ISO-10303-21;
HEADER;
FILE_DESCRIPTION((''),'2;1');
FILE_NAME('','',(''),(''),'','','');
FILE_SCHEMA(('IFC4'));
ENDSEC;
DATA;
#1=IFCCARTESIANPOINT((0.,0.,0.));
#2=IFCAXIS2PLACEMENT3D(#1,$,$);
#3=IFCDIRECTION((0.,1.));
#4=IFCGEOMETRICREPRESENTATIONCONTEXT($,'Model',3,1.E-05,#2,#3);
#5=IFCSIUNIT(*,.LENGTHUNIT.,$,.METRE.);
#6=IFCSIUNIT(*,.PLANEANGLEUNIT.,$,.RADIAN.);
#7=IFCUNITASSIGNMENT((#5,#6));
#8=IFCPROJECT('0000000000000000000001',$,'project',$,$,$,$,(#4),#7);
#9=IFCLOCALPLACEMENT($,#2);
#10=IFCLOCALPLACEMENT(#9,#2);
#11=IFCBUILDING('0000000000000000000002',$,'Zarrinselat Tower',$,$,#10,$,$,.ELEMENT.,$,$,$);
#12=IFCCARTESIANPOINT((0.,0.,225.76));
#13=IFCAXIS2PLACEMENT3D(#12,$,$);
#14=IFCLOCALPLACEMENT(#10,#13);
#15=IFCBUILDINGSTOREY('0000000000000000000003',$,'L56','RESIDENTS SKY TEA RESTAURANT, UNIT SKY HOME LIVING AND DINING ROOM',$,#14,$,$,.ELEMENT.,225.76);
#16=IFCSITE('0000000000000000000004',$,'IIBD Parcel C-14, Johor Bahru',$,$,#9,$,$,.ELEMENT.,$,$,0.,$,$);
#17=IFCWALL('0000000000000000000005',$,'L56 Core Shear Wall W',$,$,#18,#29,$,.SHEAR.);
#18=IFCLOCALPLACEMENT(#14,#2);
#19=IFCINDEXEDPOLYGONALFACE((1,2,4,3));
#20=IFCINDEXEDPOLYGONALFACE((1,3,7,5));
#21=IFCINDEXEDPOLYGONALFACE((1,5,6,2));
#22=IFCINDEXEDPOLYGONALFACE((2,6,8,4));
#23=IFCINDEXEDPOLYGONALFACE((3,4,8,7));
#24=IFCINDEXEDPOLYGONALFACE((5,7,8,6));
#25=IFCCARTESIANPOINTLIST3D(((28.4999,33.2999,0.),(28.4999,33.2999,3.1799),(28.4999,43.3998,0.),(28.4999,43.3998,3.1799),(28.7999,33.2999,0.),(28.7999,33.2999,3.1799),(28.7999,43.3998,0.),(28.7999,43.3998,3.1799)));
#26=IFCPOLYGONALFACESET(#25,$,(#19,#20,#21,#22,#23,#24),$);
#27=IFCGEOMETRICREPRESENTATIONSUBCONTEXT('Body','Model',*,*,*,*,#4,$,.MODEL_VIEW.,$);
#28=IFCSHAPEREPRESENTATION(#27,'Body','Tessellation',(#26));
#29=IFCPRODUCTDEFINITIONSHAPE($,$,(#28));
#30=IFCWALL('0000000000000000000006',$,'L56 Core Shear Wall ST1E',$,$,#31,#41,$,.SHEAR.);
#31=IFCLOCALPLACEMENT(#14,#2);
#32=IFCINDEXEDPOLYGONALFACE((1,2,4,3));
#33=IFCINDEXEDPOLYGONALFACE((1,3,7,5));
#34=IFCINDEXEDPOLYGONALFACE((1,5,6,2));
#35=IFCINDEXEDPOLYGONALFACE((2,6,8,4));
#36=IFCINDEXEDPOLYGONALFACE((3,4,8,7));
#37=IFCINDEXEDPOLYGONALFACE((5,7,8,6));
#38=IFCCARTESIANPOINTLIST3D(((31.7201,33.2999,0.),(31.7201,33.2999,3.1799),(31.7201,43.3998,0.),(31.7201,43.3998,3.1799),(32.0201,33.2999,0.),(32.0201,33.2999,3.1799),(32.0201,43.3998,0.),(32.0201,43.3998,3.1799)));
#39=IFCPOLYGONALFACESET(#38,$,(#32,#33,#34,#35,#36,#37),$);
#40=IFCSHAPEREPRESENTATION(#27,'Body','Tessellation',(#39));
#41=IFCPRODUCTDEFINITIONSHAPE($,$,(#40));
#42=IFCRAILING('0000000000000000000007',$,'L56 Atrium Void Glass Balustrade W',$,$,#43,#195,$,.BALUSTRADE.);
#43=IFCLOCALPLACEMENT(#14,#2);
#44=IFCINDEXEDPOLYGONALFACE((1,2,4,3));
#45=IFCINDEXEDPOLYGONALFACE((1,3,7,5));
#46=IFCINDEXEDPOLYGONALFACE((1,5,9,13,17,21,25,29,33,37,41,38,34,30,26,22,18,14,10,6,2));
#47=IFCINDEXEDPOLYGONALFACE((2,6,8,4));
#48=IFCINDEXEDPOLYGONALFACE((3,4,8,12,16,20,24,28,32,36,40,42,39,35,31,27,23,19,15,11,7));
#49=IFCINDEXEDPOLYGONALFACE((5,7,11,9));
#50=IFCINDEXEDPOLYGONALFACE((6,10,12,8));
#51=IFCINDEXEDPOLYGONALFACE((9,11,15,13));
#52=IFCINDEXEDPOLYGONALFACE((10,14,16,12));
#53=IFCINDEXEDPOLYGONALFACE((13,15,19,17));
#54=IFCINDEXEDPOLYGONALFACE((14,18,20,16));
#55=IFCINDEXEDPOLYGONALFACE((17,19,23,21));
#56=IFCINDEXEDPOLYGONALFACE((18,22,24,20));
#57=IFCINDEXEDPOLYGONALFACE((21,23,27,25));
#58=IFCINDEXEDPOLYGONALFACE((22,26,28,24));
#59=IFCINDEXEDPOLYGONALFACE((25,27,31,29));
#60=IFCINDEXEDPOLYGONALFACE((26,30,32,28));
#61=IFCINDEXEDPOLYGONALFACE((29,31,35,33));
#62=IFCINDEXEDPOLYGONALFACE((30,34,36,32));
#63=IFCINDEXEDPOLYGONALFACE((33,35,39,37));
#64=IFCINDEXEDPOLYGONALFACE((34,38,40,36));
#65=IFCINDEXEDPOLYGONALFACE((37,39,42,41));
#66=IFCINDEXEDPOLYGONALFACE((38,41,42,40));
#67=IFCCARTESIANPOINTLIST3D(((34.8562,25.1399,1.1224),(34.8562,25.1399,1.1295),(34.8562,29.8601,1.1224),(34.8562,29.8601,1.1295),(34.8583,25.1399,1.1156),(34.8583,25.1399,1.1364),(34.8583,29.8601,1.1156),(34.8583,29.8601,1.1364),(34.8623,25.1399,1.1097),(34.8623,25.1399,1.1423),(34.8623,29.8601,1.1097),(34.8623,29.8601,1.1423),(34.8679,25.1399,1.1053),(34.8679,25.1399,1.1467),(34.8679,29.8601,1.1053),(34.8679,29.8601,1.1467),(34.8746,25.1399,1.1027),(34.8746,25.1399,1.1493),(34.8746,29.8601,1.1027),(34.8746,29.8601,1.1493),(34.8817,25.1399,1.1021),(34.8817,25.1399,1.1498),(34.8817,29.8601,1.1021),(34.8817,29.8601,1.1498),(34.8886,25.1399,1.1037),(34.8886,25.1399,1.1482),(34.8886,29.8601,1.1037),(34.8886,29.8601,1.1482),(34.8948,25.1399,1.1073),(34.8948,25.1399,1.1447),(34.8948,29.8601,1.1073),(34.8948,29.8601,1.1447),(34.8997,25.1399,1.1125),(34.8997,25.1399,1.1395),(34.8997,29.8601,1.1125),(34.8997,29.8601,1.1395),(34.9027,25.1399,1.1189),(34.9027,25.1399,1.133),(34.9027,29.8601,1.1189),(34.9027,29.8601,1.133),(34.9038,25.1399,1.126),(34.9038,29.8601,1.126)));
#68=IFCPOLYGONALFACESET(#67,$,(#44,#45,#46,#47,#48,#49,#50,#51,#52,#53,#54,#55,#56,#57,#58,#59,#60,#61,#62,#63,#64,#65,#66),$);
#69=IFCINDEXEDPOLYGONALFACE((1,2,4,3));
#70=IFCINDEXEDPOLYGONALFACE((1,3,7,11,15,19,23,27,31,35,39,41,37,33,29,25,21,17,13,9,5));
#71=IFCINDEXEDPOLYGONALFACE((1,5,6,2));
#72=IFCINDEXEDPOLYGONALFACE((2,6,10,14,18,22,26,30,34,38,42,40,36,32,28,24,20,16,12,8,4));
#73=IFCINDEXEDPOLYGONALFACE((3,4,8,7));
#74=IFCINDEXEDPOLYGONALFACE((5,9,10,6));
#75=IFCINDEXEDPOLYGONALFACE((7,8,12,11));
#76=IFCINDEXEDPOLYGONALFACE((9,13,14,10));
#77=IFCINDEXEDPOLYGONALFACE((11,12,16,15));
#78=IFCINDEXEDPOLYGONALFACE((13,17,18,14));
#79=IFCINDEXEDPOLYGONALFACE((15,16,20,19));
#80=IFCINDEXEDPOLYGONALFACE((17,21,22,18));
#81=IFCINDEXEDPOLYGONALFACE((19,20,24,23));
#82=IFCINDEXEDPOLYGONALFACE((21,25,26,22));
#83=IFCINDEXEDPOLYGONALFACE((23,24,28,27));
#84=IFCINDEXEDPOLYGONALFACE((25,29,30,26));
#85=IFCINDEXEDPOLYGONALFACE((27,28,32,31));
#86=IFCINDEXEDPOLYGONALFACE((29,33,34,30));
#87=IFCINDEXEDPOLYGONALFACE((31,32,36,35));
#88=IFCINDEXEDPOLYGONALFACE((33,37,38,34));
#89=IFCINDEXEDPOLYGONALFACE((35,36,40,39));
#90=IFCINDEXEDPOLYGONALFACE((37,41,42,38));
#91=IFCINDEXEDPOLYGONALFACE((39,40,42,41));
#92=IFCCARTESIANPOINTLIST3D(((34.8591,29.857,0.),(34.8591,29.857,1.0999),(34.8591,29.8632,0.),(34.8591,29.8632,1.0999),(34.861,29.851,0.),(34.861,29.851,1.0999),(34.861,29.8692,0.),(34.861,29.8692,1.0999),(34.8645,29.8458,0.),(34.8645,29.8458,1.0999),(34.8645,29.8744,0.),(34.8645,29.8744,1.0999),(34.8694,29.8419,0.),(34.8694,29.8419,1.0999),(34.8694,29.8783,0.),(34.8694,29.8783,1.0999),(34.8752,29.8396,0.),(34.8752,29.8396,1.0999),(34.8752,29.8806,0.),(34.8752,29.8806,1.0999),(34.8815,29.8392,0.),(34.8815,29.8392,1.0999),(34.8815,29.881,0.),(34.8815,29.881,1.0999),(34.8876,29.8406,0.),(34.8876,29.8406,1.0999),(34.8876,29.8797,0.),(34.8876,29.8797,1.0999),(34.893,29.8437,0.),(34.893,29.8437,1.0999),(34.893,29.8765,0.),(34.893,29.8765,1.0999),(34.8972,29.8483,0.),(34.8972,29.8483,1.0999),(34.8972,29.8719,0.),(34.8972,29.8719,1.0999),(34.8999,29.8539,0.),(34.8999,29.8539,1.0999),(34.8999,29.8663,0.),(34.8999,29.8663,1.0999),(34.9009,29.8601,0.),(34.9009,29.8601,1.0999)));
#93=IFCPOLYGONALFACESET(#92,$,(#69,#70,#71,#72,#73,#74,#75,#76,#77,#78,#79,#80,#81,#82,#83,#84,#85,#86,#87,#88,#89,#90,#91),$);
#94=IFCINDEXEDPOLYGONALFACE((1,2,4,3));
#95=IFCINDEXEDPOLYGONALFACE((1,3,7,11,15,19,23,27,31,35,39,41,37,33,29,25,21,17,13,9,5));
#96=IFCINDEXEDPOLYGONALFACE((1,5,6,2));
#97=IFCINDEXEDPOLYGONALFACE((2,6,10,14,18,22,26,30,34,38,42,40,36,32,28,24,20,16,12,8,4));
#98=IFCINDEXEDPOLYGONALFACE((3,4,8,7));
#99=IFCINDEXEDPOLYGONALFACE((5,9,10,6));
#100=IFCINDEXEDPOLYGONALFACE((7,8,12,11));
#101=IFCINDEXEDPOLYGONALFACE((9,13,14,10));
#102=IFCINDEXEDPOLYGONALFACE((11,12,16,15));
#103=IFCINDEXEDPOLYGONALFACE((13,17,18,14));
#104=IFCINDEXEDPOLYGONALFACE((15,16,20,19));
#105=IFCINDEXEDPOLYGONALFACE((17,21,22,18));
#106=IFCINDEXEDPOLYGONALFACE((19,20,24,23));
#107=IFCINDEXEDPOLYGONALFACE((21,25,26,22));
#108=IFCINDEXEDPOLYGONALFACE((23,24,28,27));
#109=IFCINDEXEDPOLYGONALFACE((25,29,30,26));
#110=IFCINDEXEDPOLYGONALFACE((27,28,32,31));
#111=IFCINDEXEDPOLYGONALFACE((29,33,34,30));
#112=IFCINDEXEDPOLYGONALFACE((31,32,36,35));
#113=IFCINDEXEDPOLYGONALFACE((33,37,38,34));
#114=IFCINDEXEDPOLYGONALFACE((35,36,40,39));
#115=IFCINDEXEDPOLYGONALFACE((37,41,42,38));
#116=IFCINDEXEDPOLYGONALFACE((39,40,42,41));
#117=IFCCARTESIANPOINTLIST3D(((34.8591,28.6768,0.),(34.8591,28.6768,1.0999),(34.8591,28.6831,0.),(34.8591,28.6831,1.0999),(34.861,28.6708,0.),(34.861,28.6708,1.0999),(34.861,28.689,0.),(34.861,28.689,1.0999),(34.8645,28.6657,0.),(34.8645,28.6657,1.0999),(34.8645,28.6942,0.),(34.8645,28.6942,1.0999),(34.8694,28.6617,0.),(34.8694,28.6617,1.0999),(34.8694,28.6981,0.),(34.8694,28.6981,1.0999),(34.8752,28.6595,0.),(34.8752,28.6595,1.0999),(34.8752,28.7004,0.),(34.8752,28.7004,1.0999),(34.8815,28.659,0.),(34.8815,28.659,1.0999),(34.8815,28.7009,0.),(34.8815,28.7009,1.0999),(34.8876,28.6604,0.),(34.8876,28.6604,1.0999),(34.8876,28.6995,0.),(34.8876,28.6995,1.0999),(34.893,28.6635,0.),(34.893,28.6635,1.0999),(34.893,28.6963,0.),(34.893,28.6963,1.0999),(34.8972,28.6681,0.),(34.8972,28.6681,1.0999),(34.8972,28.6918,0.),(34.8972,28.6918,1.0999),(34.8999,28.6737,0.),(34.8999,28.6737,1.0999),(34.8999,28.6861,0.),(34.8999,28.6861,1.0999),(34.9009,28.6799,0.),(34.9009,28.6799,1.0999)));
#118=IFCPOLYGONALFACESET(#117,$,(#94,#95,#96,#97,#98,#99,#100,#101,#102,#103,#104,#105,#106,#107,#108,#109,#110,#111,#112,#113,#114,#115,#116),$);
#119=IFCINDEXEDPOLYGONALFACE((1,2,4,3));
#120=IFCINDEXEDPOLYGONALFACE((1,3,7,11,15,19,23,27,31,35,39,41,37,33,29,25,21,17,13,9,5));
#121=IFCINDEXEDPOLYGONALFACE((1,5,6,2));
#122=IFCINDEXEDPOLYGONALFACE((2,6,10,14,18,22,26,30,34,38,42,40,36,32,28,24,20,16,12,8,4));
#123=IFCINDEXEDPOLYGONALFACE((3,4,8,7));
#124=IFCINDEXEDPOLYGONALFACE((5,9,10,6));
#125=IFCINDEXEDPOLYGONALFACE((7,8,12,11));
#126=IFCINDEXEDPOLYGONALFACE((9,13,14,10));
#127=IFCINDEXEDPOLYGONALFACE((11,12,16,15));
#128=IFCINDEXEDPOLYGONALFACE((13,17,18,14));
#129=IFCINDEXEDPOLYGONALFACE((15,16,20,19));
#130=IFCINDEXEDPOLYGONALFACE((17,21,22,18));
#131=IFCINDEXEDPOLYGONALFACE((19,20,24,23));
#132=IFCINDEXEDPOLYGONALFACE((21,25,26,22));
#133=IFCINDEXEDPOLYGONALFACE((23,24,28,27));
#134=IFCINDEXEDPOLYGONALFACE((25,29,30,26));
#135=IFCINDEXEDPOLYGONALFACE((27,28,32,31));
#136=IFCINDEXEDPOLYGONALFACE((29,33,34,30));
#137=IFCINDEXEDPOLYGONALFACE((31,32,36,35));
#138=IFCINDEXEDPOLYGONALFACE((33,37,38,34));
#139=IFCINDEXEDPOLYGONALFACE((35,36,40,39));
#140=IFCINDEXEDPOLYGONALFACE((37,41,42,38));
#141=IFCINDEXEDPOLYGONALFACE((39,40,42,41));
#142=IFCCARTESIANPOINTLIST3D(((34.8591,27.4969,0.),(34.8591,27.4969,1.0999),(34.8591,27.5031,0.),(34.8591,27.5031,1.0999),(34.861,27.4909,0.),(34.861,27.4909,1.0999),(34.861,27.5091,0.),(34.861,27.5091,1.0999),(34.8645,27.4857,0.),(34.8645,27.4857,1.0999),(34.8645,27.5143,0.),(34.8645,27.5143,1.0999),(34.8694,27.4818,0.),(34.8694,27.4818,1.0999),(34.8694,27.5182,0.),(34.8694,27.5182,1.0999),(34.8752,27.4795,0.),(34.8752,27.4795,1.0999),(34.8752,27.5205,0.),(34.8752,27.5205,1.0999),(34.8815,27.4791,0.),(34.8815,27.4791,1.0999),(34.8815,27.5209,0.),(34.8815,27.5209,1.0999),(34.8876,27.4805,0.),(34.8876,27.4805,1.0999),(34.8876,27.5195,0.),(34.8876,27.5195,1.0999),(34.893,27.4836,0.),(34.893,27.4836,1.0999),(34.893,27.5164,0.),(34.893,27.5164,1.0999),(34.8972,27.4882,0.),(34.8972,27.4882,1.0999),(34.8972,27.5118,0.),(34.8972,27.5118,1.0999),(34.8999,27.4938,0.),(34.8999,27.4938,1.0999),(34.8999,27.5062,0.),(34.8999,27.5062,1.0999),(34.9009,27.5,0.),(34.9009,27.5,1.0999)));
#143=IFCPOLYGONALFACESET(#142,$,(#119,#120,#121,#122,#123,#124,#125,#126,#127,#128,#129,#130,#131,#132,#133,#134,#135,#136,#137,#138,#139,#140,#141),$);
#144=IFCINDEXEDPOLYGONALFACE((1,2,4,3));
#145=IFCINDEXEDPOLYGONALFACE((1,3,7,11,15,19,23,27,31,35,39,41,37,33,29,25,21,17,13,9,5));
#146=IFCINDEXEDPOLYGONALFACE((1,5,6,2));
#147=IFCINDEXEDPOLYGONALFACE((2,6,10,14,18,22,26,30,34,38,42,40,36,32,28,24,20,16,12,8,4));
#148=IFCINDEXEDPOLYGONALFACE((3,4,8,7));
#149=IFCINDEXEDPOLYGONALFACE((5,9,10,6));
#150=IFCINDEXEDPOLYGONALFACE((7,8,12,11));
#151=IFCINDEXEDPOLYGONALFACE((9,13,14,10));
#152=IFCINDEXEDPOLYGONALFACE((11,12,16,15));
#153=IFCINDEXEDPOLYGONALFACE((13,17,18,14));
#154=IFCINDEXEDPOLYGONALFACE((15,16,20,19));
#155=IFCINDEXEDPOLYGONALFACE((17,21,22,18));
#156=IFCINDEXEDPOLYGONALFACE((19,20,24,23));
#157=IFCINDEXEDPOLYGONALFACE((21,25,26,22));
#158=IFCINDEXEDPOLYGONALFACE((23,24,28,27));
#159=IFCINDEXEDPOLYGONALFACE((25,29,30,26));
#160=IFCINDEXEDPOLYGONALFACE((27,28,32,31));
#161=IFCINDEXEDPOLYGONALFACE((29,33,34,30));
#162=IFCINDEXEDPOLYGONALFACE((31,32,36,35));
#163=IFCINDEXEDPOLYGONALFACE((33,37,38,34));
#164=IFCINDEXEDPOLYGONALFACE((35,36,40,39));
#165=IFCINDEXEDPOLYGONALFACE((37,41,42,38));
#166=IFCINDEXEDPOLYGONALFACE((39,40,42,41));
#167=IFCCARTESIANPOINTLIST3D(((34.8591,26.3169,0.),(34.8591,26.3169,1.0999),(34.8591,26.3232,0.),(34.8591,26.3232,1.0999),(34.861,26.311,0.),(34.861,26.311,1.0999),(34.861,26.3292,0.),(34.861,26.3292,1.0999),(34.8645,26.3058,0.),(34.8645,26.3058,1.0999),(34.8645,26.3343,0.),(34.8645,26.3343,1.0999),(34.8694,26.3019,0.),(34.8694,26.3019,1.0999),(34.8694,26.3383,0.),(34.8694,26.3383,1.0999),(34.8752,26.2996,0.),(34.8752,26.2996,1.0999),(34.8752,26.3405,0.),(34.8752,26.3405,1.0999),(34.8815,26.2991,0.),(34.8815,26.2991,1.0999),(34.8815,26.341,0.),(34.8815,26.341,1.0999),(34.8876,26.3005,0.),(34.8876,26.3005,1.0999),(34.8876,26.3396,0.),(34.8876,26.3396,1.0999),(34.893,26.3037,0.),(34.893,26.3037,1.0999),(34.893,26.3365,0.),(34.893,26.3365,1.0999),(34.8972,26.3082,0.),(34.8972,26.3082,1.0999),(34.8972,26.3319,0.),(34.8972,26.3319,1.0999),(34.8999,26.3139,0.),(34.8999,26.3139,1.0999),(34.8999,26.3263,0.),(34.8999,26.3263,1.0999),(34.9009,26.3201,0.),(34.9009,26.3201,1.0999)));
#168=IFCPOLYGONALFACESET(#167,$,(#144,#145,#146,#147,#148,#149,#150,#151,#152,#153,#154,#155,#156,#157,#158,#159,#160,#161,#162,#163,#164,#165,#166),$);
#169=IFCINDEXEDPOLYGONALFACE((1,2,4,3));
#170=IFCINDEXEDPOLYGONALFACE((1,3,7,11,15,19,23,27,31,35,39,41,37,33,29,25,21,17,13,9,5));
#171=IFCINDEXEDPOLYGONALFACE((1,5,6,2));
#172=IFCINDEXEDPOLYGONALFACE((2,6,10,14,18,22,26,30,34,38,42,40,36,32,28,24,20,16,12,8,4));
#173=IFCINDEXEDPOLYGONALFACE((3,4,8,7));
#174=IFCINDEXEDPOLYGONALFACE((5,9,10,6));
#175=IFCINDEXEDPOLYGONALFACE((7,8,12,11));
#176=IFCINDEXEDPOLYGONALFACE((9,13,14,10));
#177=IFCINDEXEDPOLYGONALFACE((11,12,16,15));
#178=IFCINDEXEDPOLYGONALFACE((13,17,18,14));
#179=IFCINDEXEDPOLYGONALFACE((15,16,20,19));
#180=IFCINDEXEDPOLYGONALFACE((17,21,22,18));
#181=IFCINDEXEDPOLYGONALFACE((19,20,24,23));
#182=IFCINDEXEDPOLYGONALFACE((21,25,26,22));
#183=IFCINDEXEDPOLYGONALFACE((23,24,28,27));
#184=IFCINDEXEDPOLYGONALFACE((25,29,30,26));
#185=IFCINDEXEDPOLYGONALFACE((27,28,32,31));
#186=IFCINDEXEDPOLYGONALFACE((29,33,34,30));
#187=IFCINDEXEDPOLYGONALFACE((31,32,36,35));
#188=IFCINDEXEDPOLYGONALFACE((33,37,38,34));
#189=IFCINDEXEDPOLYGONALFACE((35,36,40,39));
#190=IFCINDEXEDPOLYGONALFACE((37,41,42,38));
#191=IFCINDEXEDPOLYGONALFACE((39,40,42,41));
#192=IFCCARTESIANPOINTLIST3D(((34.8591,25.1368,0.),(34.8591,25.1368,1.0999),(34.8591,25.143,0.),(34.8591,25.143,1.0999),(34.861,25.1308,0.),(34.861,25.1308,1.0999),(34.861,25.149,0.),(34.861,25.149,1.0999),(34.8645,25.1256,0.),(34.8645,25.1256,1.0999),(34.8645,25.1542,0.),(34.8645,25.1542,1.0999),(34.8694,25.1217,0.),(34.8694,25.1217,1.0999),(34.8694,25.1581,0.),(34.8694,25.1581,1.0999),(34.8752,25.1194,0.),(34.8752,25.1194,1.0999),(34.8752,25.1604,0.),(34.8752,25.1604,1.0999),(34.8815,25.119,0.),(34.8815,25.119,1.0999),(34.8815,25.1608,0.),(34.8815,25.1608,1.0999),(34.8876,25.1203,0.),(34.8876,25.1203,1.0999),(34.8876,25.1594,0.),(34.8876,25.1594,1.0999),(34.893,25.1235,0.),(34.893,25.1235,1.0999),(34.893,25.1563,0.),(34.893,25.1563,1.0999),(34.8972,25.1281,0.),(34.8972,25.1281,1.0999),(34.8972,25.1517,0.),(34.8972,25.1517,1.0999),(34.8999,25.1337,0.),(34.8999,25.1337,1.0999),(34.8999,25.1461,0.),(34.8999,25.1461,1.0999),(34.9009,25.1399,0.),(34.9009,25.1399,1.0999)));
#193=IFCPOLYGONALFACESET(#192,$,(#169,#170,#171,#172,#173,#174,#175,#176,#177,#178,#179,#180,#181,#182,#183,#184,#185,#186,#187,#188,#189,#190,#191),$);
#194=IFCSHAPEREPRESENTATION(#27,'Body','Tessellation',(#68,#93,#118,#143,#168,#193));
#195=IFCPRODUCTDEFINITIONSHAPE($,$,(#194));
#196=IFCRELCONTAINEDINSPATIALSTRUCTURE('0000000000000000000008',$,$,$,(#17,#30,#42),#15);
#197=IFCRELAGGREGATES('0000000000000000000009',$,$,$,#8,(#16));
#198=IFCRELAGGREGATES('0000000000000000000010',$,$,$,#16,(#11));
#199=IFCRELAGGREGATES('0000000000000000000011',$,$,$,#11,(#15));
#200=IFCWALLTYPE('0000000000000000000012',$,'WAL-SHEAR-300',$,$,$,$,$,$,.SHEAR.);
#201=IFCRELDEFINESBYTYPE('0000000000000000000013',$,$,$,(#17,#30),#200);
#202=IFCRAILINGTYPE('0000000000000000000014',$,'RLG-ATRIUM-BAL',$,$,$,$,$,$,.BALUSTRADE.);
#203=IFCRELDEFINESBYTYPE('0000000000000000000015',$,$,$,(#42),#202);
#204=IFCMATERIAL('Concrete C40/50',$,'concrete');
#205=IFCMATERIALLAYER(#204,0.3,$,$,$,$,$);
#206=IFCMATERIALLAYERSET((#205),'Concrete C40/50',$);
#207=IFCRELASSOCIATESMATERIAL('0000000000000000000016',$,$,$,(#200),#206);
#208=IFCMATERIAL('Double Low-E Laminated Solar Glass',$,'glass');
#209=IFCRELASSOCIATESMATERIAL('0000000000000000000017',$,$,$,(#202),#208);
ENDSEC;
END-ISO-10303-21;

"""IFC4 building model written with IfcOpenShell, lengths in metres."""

from ifc_helpers import new_model, si_unit, direction, frame, frame_2d, origin, origin_2d, place, context, subcontext, project, spatial, rectangle, circle, extrude, material, layer, layer_set, type_object, element, save


model = new_model("IFC4")

# Units and contexts
model_context = context("Model", 3, precision=1e-05, world=origin(), true_north=direction((0.0, 1.0)))
body_context = subcontext(model_context, "Body", "Model", "MODEL_VIEW")
ifc_project = project(units=[si_unit("LENGTHUNIT", "METRE"), si_unit("PLANEANGLEUNIT", "RADIAN")], contexts=[model_context])

# Site, building, storey
site_placement = place(None, origin())
site = spatial("IfcSite", under=ifc_project, at=site_placement, Name="IIBD Parcel C-14, Johor Bahru", CompositionType="ELEMENT", RefElevation=0.0)
building_placement = place(site_placement, origin())
building = spatial("IfcBuilding", under=site, at=building_placement, Name="Zarrinselat Tower", CompositionType="ELEMENT")
storey_placement = place(building_placement, frame((0.0, 0.0, 225.76)))
storey = spatial("IfcBuildingStorey", under=building, at=storey_placement, Name="L56", Description="RESIDENTS SKY TEA RESTAURANT, UNIT SKY HOME LIVING AND DINING ROOM", CompositionType="ELEMENT", Elevation=225.76)

# Walls
ifc_material_1 = material(Name="Concrete C40/50", Category="concrete")
ifc_layer_1 = layer(ifc_material_1, 0.3)
ifc_layer_set_1 = layer_set([ifc_layer_1], Name="Concrete C40/50")
wall_type_1 = type_object("IfcWallType", Name="WAL-SHEAR-300", PredefinedType="SHEAR", material=ifc_layer_set_1)
for number, where, z_axis, x_axis, name in (
    (1, (28.6499, 33.3, 0.0), (0.0, 0.0, 1.0), (0.0, 1.0, 0.0), "L56 Core Shear Wall W"),
    (2, (31.8701, 33.3, 0.0), (0.0, 0.0, 1.0), (0.0, 1.0, 0.0), "L56 Core Shear Wall ST1E"),
):
    element("IfcWall", number, at=place(storey_placement, frame(where, z_axis=z_axis, x_axis=x_axis)), inside=storey, type_object=wall_type_1, Name=name, PredefinedType="SHEAR", context=body_context, shape_type="SweptSolid", body=[
        extrude(rectangle(XDim=10.0999, YDim=0.3, at=frame_2d((5.0498, 0.0))), origin(), (0.0, 0.0, 1.0), 3.1799),
    ])

# Railing
ifc_material_2 = material(Name="Double Low-E Laminated Solar Glass", Category="glass")
railing_type_1 = type_object("IfcRailingType", Name="RLG-ATRIUM-BAL", PredefinedType="BALUSTRADE", material=ifc_material_2)
railing_1_placement = place(storey_placement, frame((34.8799, 29.8601, 0.0)))
element("IfcRailing", 3, at=railing_1_placement, inside=storey, type_object=railing_type_1, Name="L56 Atrium Void Glass Balustrade W", PredefinedType="BALUSTRADE", context=body_context, shape_type="SweptSolid", body=[
    extrude(circle(Radius=0.0239, at=origin_2d()), frame((0.0, 0.0, 1.126), z_axis=(0.0, -1.0, 0.0), x_axis=(1.0, 0.0, 0.0)), (0.0, 0.0, 1.0), 4.7202),
    extrude(circle(Radius=0.021, at=origin_2d()), origin(), (0.0, 0.0, 1.0), 1.0999),
    extrude(circle(Radius=0.021, at=origin_2d()), frame((0.0, -1.1802, 0.0)), (0.0, 0.0, 1.0), 1.0999),
    extrude(circle(Radius=0.021, at=origin_2d()), frame((0.0, -2.3601, 0.0)), (0.0, 0.0, 1.0), 1.0999),
    extrude(circle(Radius=0.021, at=origin_2d()), frame((0.0, -3.54, 0.0)), (0.0, 0.0, 1.0), 1.0999),
    extrude(circle(Radius=0.021, at=origin_2d()), frame((0.0, -4.7202, 0.0)), (0.0, 0.0, 1.0), 1.0999),
])

save(model, "model.ifc")
